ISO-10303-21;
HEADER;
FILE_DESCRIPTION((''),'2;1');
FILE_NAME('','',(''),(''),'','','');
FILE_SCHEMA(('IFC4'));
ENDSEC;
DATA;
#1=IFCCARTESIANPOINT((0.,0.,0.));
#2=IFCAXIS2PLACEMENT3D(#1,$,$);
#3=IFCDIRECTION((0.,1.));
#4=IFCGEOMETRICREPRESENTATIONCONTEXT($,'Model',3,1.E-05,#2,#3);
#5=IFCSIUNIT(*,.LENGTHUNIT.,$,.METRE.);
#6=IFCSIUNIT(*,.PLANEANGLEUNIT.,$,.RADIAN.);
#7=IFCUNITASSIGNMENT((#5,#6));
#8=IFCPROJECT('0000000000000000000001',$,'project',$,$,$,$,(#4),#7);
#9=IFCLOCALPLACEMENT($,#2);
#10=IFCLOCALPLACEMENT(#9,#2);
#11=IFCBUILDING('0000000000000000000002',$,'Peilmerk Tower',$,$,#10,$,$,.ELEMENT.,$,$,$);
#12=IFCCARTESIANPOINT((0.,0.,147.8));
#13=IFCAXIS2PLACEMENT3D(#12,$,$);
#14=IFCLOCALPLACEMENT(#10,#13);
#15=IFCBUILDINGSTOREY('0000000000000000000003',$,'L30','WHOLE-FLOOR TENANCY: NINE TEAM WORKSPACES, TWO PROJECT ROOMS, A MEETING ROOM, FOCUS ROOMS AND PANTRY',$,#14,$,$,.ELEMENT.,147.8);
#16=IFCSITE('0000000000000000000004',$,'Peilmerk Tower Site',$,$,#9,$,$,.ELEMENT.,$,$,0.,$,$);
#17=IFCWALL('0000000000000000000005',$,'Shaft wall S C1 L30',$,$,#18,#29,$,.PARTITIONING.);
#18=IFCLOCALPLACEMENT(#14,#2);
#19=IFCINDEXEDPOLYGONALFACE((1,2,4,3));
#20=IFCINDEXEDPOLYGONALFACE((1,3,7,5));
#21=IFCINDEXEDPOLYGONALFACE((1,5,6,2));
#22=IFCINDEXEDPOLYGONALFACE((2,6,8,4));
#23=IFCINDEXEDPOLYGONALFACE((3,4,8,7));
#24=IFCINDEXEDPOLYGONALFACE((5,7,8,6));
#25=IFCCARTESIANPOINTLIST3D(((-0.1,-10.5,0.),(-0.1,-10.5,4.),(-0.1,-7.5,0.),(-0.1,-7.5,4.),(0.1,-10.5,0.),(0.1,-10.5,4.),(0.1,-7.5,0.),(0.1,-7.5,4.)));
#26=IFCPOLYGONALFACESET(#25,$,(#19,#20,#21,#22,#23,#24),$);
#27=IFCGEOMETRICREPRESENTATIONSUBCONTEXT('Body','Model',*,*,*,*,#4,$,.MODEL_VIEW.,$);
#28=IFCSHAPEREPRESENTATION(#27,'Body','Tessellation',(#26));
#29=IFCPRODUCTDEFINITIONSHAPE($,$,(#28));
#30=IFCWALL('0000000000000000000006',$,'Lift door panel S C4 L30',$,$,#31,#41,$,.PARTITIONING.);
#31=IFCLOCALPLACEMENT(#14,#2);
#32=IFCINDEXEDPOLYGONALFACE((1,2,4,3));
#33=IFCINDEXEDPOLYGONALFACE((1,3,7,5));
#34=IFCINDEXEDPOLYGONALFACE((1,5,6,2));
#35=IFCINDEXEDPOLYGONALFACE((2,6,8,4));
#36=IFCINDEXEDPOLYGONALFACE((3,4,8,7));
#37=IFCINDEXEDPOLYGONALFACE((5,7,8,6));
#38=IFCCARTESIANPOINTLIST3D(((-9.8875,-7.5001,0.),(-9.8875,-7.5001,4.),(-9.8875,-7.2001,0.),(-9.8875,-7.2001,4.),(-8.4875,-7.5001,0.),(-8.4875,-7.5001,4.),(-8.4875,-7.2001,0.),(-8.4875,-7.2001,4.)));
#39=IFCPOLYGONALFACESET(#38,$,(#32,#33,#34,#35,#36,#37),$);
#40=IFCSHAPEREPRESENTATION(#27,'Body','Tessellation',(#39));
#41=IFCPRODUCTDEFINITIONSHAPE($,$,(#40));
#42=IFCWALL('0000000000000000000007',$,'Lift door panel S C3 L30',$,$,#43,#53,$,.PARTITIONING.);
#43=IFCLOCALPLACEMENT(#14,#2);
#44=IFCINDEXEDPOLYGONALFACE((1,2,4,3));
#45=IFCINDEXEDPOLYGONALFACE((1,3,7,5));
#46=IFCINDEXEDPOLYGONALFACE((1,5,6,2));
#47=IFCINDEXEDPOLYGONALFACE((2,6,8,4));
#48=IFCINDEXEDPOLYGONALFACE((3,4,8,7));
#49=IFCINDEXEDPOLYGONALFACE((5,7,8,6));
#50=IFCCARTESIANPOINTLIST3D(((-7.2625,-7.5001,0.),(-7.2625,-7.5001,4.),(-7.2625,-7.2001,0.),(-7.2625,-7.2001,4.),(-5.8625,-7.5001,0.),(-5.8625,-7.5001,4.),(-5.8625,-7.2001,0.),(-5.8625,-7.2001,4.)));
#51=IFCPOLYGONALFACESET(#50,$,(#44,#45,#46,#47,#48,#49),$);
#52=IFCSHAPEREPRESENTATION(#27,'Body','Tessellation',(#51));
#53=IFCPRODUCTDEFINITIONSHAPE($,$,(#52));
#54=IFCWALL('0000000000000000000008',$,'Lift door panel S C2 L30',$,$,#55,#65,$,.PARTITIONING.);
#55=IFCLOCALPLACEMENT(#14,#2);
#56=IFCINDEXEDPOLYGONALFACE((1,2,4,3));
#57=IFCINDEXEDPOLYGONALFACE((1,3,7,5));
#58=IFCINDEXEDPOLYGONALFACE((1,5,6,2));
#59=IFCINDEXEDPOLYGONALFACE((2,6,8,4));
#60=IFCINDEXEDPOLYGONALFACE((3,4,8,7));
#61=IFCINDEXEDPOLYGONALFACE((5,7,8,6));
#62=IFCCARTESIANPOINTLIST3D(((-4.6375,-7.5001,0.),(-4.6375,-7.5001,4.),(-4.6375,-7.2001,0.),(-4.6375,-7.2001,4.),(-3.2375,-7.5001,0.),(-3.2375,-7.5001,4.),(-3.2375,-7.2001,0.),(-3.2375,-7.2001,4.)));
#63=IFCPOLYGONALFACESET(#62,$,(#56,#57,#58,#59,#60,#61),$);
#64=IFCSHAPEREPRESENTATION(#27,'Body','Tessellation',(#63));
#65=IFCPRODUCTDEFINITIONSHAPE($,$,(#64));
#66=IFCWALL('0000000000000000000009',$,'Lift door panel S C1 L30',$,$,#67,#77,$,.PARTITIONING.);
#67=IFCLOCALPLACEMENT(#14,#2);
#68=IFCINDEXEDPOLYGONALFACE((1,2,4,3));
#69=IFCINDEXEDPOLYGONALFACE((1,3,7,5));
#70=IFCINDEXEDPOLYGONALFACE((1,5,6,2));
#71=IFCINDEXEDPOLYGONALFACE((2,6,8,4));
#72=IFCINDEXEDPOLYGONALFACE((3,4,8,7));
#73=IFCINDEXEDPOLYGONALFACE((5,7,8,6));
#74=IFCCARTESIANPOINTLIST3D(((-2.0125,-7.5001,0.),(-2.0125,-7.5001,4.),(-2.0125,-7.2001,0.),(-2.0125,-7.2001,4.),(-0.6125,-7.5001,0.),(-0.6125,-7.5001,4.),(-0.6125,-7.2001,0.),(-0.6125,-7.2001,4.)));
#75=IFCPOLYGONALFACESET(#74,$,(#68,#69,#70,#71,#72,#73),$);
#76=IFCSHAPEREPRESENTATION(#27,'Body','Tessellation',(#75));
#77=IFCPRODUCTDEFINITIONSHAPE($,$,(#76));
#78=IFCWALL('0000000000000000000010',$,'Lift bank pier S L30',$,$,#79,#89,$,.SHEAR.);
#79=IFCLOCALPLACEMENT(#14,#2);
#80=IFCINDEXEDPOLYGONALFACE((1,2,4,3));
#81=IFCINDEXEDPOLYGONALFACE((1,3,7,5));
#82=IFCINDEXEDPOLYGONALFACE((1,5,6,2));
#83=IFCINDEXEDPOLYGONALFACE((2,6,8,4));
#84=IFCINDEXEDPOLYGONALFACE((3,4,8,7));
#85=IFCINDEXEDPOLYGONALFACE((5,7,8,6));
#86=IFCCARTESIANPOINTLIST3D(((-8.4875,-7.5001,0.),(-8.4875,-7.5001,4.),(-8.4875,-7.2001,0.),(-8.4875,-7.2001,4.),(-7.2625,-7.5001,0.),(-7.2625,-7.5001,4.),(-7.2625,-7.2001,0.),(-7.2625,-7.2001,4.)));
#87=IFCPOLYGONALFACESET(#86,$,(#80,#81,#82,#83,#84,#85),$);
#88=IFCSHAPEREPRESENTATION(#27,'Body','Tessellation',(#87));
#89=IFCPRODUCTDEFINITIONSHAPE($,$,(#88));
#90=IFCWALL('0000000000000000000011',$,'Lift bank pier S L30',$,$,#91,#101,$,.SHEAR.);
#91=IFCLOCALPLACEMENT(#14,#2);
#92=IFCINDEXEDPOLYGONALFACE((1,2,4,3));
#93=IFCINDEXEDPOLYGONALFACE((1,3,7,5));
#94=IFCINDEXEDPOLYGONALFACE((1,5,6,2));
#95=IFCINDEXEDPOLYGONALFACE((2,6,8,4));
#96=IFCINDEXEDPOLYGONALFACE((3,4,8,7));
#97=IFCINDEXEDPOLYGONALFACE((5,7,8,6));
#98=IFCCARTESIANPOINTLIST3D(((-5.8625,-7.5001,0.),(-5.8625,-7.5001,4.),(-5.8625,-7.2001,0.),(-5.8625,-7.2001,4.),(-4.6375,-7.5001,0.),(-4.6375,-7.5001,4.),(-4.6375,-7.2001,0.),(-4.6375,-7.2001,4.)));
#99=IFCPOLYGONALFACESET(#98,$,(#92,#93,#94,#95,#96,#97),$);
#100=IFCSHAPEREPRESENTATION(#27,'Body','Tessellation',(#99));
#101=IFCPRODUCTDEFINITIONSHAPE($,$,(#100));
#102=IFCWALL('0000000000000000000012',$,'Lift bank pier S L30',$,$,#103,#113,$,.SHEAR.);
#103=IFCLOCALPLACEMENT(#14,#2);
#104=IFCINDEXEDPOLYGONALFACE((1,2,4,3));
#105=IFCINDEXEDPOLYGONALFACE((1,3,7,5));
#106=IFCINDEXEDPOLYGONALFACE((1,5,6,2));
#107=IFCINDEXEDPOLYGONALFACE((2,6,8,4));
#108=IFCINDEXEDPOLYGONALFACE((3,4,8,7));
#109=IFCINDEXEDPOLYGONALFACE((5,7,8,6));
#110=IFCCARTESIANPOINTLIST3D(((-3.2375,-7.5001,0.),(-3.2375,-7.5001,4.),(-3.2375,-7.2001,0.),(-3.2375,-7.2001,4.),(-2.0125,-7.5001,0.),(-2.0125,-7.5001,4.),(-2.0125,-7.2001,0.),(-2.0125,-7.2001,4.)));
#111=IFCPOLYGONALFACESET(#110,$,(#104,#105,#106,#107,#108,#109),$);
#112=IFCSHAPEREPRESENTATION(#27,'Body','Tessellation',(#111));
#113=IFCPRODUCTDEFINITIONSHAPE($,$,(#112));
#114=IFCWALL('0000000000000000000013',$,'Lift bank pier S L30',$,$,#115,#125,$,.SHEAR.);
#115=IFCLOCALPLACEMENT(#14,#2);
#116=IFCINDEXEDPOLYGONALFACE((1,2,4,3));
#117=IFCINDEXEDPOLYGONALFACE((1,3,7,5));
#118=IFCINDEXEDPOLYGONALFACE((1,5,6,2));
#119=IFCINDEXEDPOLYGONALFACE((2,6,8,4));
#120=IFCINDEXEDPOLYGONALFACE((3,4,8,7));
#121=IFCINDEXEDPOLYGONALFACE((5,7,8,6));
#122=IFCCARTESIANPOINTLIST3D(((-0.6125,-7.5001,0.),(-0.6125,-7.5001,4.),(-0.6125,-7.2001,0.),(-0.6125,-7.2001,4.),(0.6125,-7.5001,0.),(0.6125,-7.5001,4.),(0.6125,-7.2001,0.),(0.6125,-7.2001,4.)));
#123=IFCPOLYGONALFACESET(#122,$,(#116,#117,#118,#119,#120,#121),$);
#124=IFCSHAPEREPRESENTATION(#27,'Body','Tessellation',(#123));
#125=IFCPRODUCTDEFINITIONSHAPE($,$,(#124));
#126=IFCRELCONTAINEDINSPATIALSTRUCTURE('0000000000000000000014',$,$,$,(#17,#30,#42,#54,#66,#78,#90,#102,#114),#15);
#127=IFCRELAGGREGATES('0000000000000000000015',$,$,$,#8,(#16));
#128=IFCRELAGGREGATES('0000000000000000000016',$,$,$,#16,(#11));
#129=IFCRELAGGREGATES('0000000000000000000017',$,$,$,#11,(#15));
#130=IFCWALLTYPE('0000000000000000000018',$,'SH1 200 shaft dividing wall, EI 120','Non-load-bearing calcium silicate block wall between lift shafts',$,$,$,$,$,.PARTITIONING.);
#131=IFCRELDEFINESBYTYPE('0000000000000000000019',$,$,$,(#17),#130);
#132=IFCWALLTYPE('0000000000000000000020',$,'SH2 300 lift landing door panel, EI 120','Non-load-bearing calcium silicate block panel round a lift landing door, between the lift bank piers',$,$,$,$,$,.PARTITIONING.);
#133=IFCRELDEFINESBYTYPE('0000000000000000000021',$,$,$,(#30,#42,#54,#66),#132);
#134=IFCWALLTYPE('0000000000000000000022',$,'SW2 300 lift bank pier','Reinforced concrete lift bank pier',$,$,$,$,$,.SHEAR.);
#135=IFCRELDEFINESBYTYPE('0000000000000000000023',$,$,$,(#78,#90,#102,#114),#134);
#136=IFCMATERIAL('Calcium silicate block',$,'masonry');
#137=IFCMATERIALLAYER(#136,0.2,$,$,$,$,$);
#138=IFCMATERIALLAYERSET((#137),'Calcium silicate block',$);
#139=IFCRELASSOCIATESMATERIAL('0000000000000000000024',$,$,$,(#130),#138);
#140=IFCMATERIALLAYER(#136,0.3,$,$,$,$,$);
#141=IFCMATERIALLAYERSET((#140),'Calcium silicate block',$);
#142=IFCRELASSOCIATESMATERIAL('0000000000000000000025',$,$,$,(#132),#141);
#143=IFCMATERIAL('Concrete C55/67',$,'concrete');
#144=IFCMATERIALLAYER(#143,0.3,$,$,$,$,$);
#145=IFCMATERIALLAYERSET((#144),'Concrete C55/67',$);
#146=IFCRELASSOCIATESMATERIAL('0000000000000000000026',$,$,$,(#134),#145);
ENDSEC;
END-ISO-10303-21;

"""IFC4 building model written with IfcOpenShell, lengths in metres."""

from ifc_helpers import new_model, si_unit, direction, frame, frame_2d, origin, place, context, subcontext, project, spatial, rectangle, extrude, material, layer, layer_set, type_object, element, save


model = new_model("IFC4")

# Units and contexts
model_context = context("Model", 3, precision=1e-05, world=origin(), true_north=direction((0.0, 1.0)))
body_context = subcontext(model_context, "Body", "Model", "MODEL_VIEW")
ifc_project = project(units=[si_unit("LENGTHUNIT", "METRE"), si_unit("PLANEANGLEUNIT", "RADIAN")], contexts=[model_context])

# Site, building, storey
site_placement = place(None, origin())
site = spatial("IfcSite", under=ifc_project, at=site_placement, Name="Peilmerk Tower Site", CompositionType="ELEMENT", RefElevation=0.0)
building_placement = place(site_placement, origin())
building = spatial("IfcBuilding", under=site, at=building_placement, Name="Peilmerk Tower", CompositionType="ELEMENT")
storey_placement = place(building_placement, frame((0.0, 0.0, 147.8)))
storey = spatial("IfcBuildingStorey", under=building, at=storey_placement, Name="L30", Description="WHOLE-FLOOR TENANCY: NINE TEAM WORKSPACES, TWO PROJECT ROOMS, A MEETING ROOM, FOCUS ROOMS AND PANTRY", CompositionType="ELEMENT", Elevation=147.8)

# Walls
ifc_material_1 = material(Name="Calcium silicate block", Category="masonry")
ifc_layer_1 = layer(ifc_material_1, 0.2)
ifc_layer_set_1 = layer_set([ifc_layer_1], Name="Calcium silicate block")
wall_type_1 = type_object("IfcWallType", Name="SH1 200 shaft dividing wall, EI 120", Description="Non-load-bearing calcium silicate block wall between lift shafts", PredefinedType="PARTITIONING", material=ifc_layer_set_1)
for number, where, z_axis, x_axis, name in (
    (1, (0.0, -10.5, 0.0), (0.0, 0.0, 1.0), (0.0, 1.0, 0.0), "Shaft wall S C1 L30"),
):
    element("IfcWall", number, at=place(storey_placement, frame(where, z_axis=z_axis, x_axis=x_axis)), inside=storey, type_object=wall_type_1, Name=name, PredefinedType="PARTITIONING", context=body_context, shape_type="SweptSolid", body=[
        extrude(rectangle(XDim=3.0, YDim=0.2, at=frame_2d((1.5, 0.0))), origin(), (0.0, 0.0, 1.0), 4.0),
    ])
ifc_layer_2 = layer(ifc_material_1, 0.3)
ifc_layer_set_2 = layer_set([ifc_layer_2], Name="Calcium silicate block")
wall_type_2 = type_object("IfcWallType", Name="SH2 300 lift landing door panel, EI 120", Description="Non-load-bearing calcium silicate block panel round a lift landing door, between the lift bank piers", PredefinedType="PARTITIONING", material=ifc_layer_set_2)
for number, where, z_axis, x_axis, name in (
    (2, (-9.8875, -7.3501, 0.0), (0.0, 0.0, 1.0), (1.0, 0.0, 0.0), "Lift door panel S C4 L30"),
    (3, (-7.2625, -7.3501, 0.0), (0.0, 0.0, 1.0), (1.0, 0.0, 0.0), "Lift door panel S C3 L30"),
    (4, (-4.6375, -7.3501, 0.0), (0.0, 0.0, 1.0), (1.0, 0.0, 0.0), "Lift door panel S C2 L30"),
    (5, (-2.0125, -7.3501, 0.0), (0.0, 0.0, 1.0), (1.0, 0.0, 0.0), "Lift door panel S C1 L30"),
):
    element("IfcWall", number, at=place(storey_placement, frame(where, z_axis=z_axis, x_axis=x_axis)), inside=storey, type_object=wall_type_2, Name=name, PredefinedType="PARTITIONING", context=body_context, shape_type="SweptSolid", body=[
        extrude(rectangle(XDim=1.3999, YDim=0.3, at=frame_2d((0.7, 0.0))), origin(), (0.0, 0.0, 1.0), 4.0),
    ])
ifc_material_2 = material(Name="Concrete C55/67", Category="concrete")
ifc_layer_3 = layer(ifc_material_2, 0.3)
ifc_layer_set_3 = layer_set([ifc_layer_3], Name="Concrete C55/67")
wall_type_3 = type_object("IfcWallType", Name="SW2 300 lift bank pier", Description="Reinforced concrete lift bank pier", PredefinedType="SHEAR", material=ifc_layer_set_3)
for number, where, z_axis, x_axis, name in (
    (6, (-8.4875, -7.3501, 0.0), (0.0, 0.0, 1.0), (1.0, 0.0, 0.0), "Lift bank pier S L30"),
    (7, (-5.8625, -7.3501, 0.0), (0.0, 0.0, 1.0), (1.0, 0.0, 0.0), "Lift bank pier S L30"),
    (8, (-3.2375, -7.3501, 0.0), (0.0, 0.0, 1.0), (1.0, 0.0, 0.0), "Lift bank pier S L30"),
    (9, (-0.6125, -7.3501, 0.0), (0.0, 0.0, 1.0), (1.0, 0.0, 0.0), "Lift bank pier S L30"),
):
    element("IfcWall", number, at=place(storey_placement, frame(where, z_axis=z_axis, x_axis=x_axis)), inside=storey, type_object=wall_type_3, Name=name, PredefinedType="SHEAR", context=body_context, shape_type="SweptSolid", body=[
        extrude(rectangle(XDim=1.2251, YDim=0.3, at=frame_2d((0.6125, 0.0))), origin(), (0.0, 0.0, 1.0), 4.0),
    ])

save(model, "model.ifc")
